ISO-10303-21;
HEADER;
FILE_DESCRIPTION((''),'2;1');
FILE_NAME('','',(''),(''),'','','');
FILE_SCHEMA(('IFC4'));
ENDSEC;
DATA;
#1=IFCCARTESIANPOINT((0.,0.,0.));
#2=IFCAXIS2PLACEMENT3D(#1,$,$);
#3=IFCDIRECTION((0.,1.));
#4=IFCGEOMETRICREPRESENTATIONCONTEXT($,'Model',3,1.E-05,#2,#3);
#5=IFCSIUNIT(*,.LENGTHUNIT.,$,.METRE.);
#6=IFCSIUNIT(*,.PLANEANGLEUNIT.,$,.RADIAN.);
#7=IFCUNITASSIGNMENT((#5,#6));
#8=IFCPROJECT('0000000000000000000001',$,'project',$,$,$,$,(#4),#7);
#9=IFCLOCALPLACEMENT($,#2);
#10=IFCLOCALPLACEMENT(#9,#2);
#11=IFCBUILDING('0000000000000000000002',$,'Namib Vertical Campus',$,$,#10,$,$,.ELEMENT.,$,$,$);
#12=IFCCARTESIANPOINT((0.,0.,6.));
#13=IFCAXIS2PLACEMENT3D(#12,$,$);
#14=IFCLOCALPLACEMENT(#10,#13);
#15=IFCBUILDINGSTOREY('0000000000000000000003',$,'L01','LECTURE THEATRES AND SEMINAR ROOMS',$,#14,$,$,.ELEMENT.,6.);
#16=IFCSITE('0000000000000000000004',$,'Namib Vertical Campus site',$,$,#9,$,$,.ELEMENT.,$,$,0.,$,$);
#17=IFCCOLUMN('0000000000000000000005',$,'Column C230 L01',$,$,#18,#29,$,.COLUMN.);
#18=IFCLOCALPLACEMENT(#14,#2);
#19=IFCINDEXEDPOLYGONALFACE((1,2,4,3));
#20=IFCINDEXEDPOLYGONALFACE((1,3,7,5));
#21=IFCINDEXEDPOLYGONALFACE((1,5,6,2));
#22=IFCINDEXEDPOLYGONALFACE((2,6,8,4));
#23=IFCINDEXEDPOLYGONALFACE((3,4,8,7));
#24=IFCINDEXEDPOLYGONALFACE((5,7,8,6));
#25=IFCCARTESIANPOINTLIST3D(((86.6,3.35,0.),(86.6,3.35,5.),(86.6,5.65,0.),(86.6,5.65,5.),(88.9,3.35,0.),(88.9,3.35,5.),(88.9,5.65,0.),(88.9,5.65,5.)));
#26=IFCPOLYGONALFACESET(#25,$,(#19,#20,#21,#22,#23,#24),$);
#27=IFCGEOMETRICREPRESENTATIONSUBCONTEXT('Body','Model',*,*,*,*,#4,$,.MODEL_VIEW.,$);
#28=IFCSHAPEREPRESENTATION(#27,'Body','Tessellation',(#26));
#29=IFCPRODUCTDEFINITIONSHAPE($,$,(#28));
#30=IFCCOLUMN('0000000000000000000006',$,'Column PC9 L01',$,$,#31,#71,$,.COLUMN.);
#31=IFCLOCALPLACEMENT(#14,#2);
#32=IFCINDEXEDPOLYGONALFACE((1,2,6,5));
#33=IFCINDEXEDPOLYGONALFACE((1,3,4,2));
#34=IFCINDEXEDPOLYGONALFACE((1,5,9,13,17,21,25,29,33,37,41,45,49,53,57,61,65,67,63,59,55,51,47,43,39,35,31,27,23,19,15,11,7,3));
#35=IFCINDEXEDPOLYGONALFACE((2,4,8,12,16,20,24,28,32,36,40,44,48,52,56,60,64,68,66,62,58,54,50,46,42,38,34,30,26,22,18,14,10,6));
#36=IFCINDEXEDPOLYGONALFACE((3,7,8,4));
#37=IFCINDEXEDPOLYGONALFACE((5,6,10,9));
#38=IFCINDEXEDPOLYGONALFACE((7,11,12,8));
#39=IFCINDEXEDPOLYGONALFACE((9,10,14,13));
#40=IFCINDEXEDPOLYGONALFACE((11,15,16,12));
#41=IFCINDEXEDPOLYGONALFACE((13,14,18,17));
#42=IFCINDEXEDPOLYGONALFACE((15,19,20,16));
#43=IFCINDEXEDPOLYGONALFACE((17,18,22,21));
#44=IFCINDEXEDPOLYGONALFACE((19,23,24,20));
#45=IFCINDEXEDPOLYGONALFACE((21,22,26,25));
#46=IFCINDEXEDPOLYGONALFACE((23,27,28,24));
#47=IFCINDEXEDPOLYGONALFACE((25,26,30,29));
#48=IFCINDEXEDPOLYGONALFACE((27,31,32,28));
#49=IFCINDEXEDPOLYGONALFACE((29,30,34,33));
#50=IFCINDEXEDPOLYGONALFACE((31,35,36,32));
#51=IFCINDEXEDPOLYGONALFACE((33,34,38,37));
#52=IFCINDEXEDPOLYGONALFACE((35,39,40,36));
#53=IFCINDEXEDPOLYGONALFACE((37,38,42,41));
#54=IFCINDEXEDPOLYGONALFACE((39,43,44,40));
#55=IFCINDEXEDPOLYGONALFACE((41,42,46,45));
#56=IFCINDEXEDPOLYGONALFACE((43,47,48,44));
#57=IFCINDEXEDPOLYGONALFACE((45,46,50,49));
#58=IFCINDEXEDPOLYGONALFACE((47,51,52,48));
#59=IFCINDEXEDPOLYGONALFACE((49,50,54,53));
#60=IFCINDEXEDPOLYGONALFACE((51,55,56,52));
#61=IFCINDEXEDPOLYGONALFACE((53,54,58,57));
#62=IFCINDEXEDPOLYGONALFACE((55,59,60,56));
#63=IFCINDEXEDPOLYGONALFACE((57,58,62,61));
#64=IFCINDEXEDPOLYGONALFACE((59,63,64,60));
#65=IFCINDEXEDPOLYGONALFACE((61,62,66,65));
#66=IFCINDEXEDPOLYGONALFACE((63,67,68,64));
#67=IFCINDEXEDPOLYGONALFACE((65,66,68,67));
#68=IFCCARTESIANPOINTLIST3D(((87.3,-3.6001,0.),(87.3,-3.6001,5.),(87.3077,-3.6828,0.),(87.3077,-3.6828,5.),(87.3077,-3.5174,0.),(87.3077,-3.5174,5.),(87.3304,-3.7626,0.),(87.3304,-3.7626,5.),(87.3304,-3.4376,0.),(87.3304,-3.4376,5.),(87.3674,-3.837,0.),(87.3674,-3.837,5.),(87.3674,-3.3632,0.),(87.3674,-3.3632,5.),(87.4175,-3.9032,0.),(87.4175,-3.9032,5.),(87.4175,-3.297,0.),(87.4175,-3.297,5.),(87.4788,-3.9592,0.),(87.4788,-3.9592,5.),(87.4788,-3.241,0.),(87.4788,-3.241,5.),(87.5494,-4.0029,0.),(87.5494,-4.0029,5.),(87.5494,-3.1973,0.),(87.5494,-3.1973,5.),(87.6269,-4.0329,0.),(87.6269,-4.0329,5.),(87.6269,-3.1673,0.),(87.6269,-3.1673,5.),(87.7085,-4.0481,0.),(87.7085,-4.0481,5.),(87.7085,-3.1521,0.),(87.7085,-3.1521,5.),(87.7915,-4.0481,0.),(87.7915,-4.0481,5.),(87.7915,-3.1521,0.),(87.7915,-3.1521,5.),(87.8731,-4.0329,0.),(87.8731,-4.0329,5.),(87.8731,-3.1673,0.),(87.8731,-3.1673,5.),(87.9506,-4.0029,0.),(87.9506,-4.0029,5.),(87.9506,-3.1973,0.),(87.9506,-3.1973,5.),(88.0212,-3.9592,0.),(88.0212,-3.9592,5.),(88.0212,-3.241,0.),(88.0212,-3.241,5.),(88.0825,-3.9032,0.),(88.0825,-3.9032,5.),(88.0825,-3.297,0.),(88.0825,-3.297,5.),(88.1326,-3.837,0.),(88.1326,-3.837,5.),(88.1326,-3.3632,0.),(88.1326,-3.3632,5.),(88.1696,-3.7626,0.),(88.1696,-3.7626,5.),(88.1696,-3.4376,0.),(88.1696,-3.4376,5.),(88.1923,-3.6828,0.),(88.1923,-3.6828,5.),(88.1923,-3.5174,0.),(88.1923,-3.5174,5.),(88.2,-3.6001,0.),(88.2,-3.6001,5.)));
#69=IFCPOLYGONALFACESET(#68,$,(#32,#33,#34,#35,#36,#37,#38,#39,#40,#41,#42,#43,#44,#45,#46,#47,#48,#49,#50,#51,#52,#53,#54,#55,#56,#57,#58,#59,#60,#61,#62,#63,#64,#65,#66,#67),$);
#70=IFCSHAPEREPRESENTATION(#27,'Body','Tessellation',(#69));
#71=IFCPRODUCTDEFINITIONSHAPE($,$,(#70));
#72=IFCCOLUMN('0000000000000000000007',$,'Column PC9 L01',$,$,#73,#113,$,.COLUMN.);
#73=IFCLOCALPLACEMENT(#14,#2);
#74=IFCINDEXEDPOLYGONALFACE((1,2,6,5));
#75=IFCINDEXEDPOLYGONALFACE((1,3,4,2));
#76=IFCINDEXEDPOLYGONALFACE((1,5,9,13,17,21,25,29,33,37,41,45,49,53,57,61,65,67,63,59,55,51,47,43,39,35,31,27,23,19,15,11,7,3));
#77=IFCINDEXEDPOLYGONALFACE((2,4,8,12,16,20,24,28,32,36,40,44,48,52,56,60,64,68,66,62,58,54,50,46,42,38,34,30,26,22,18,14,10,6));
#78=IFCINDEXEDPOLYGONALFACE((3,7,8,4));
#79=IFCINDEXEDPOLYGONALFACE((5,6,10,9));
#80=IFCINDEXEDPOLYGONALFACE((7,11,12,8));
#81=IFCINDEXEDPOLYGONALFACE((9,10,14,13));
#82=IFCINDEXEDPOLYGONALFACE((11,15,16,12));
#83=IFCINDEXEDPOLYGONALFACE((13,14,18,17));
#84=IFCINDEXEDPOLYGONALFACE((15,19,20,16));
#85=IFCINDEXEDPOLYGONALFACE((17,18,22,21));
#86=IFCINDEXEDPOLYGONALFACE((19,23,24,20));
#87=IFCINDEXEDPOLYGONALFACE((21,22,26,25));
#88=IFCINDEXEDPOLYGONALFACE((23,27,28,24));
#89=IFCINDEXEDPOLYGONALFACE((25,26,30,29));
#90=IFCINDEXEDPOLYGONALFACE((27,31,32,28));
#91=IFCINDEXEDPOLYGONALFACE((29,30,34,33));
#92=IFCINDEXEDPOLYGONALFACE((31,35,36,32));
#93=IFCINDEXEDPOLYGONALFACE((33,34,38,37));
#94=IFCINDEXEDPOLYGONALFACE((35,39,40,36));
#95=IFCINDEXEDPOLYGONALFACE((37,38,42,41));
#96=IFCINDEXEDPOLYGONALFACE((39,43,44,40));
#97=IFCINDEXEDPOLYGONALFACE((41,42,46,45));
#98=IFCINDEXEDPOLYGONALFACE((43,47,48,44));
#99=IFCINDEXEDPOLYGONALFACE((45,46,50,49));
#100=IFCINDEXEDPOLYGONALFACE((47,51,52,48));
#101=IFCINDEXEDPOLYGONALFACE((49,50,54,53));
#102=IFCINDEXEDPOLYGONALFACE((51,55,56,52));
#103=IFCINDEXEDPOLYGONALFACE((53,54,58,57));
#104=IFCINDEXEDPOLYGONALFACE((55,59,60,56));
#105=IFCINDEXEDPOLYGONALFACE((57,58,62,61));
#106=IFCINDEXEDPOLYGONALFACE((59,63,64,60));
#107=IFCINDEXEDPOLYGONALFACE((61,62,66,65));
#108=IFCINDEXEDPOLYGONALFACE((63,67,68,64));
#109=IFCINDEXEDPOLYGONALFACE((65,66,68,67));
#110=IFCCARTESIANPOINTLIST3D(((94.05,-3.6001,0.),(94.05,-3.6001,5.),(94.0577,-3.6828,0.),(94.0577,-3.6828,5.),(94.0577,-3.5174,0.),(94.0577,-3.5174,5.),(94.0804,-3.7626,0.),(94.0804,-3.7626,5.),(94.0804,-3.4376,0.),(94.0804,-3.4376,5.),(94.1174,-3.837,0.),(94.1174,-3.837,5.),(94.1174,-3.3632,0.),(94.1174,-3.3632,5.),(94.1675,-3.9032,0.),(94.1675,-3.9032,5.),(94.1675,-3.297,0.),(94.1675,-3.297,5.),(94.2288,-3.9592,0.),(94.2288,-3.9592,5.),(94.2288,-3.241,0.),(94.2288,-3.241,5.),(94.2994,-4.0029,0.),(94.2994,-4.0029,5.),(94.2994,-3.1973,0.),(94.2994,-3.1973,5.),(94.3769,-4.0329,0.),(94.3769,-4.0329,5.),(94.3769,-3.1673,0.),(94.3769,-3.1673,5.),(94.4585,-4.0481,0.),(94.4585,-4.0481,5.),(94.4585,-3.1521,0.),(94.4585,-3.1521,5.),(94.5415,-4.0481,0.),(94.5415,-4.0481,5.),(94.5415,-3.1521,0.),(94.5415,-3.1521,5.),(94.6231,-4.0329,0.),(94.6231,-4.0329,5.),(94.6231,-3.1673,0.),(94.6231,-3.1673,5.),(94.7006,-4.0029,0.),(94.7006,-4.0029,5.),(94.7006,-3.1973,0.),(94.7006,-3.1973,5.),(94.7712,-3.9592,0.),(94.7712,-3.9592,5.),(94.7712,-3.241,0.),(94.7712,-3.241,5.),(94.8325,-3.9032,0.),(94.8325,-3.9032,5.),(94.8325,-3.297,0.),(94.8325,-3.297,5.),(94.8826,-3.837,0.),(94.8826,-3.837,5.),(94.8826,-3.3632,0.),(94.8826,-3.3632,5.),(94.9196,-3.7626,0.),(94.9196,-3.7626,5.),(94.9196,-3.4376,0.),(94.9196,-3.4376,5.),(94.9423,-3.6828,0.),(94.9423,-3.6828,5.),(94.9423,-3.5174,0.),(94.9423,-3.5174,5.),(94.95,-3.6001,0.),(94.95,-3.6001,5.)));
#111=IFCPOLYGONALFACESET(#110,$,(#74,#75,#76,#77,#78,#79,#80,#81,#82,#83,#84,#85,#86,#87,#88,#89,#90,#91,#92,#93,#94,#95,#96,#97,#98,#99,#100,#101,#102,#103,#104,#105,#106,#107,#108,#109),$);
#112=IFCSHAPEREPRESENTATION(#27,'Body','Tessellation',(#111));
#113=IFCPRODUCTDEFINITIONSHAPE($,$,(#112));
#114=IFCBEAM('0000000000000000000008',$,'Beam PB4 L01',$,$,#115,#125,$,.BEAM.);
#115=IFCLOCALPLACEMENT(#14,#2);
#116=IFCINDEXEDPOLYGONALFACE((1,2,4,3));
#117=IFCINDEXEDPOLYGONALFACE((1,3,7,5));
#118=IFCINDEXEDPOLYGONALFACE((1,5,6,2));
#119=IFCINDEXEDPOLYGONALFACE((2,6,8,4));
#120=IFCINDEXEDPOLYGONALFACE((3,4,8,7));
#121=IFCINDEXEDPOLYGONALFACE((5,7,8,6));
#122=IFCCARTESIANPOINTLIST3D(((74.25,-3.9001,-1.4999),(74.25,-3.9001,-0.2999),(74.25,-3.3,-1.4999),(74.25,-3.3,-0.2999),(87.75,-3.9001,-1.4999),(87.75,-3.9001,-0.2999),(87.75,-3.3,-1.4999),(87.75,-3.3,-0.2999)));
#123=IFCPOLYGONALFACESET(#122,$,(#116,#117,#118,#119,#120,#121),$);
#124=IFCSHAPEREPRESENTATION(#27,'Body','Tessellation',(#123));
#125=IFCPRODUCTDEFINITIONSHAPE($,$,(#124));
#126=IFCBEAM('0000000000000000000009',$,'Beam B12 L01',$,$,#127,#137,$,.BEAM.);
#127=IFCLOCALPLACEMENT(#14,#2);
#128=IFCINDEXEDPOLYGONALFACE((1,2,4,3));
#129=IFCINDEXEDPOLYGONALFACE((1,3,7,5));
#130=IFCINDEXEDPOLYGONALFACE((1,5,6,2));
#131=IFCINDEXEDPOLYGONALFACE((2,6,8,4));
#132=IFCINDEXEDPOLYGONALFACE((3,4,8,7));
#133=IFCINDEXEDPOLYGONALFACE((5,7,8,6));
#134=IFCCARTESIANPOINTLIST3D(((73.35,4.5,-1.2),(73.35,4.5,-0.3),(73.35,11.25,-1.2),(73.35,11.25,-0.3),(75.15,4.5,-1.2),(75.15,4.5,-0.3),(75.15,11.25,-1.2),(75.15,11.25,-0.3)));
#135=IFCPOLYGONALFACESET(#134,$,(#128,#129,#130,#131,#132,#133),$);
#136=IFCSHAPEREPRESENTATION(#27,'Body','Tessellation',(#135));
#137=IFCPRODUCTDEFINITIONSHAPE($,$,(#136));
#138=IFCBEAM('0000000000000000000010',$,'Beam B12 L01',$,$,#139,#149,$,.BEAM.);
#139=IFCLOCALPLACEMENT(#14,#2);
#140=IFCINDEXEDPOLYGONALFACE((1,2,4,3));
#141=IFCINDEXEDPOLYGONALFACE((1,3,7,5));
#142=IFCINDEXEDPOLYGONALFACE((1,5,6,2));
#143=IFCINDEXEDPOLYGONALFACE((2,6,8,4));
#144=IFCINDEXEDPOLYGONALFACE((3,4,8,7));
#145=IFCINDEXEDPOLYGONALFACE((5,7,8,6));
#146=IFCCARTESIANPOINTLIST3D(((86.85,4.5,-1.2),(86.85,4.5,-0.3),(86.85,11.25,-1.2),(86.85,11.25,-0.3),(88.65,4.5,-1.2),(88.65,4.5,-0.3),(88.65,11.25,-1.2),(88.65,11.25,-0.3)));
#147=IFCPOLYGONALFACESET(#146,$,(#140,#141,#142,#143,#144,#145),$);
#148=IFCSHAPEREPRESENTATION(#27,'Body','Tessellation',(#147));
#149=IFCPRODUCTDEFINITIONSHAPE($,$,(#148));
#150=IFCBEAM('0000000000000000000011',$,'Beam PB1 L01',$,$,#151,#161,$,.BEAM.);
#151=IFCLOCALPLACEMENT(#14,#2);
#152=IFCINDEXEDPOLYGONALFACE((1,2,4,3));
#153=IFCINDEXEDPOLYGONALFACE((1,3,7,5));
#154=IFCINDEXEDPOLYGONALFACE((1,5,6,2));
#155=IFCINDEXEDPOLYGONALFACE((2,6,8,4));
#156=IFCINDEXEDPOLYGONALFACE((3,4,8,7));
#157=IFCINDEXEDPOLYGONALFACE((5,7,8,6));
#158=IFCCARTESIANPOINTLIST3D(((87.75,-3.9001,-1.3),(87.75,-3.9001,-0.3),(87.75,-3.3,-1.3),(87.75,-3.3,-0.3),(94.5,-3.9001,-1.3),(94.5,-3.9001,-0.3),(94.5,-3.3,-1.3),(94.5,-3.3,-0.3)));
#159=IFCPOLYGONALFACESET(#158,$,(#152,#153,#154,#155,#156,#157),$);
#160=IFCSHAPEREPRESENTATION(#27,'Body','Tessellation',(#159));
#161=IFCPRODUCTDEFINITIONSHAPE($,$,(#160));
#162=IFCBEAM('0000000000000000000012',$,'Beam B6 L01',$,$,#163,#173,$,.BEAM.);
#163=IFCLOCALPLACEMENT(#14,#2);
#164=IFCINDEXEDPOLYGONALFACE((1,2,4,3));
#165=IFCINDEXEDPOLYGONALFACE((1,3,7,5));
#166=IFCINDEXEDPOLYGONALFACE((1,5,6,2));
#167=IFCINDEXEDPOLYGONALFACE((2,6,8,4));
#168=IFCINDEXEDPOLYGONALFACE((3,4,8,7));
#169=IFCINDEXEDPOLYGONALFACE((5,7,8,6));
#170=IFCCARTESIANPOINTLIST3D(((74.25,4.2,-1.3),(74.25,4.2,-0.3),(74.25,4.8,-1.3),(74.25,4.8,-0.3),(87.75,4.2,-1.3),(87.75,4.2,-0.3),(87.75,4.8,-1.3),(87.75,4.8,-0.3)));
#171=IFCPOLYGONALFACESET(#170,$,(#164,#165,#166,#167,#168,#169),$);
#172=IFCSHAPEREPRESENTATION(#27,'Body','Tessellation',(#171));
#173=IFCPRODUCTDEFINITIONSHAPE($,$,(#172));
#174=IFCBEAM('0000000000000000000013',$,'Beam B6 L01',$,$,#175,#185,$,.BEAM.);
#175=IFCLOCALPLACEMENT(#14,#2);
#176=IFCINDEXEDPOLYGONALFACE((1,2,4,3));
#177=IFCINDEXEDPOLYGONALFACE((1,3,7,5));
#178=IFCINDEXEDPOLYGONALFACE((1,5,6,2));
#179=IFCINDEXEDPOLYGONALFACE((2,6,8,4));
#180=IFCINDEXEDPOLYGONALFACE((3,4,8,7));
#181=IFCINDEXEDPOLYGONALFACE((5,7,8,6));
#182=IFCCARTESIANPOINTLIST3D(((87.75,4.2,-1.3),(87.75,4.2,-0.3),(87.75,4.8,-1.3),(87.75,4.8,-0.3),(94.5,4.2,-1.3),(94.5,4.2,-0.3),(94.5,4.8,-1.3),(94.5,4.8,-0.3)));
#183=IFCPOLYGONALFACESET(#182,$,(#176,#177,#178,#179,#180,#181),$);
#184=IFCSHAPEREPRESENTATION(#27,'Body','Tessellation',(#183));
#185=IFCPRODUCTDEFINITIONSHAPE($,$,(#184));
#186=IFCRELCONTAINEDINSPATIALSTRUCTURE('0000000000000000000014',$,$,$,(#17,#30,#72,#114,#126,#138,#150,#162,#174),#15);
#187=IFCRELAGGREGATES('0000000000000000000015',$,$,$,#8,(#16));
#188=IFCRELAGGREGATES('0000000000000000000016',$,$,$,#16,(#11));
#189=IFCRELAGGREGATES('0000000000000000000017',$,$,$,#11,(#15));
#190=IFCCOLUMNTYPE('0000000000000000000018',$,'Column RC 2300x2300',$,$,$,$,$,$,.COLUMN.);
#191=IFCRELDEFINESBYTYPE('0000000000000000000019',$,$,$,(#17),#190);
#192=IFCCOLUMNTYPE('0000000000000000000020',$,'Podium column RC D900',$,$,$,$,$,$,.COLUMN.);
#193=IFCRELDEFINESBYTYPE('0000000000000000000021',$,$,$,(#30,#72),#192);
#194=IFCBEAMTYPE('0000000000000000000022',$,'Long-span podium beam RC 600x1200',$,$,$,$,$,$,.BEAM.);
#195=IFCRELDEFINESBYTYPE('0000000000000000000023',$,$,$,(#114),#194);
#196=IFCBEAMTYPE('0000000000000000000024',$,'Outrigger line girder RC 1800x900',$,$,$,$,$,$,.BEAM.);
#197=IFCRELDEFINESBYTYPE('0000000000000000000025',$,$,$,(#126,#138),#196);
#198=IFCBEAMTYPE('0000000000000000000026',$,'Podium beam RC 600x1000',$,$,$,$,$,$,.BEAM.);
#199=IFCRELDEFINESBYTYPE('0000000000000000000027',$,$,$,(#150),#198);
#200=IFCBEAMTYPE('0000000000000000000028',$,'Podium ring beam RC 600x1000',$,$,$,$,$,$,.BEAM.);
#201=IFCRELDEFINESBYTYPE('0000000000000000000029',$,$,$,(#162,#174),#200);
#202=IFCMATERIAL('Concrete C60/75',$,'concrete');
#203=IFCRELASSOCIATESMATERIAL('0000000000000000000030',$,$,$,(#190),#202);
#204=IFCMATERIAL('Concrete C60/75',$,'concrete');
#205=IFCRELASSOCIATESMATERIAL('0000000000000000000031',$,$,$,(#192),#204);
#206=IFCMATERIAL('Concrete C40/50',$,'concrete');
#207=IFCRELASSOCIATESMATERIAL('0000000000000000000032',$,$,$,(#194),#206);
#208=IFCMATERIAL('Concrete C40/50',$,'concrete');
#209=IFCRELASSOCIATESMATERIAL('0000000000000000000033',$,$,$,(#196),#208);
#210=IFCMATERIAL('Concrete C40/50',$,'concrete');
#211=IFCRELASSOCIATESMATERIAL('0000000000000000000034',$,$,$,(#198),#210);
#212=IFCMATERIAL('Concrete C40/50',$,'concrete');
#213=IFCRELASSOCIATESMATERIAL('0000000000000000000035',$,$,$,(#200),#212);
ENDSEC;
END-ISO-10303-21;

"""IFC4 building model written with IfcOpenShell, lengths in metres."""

from ifc_helpers import new_model, si_unit, direction, frame, origin, origin_2d, place, context, subcontext, project, spatial, rectangle, circle, extrude, material, material_profile, profile_set, type_object, element, save


model = new_model("IFC4")

# Units and contexts
model_context = context("Model", 3, precision=1e-05, world=origin(), true_north=direction((0.0, 1.0)))
body_context = subcontext(model_context, "Body", "Model", "MODEL_VIEW")
ifc_project = project(units=[si_unit("LENGTHUNIT", "METRE"), si_unit("PLANEANGLEUNIT", "RADIAN")], contexts=[model_context])

# Site, building, storey
site_placement = place(None, origin())
site = spatial("IfcSite", under=ifc_project, at=site_placement, Name="Namib Vertical Campus site", CompositionType="ELEMENT", RefElevation=0.0)
building_placement = place(site_placement, origin())
building = spatial("IfcBuilding", under=site, at=building_placement, Name="Namib Vertical Campus", CompositionType="ELEMENT")
storey_placement = place(building_placement, frame((0.0, 0.0, 6.0)))
storey = spatial("IfcBuildingStorey", under=building, at=storey_placement, Name="L01", Description="LECTURE THEATRES AND SEMINAR ROOMS", CompositionType="ELEMENT", Elevation=6.0)

# Columns
ifc_material_1 = material(Name="Concrete C60/75", Category="concrete")
ifc_material_profile_1 = material_profile(ifc_material_1, rectangle(XDim=2.3, YDim=2.3, at=origin_2d()))
ifc_profile_set_1 = profile_set([ifc_material_profile_1], Name="Concrete C60/75")
column_type_1 = type_object("IfcColumnType", Name="Column RC 2300x2300", PredefinedType="COLUMN", material=ifc_profile_set_1)
column_placement = place(storey_placement, frame((87.75, 4.5, 0.0), z_axis=(0.0, 0.0, 1.0), x_axis=(1.0, 0.0, 0.0)))
element("IfcColumn", 1, at=column_placement, inside=storey, type_object=column_type_1, Name="Column C230 L01", PredefinedType="COLUMN", context=body_context, shape_type="SweptSolid", body=[
    extrude(rectangle(XDim=2.3, YDim=2.3, at=origin_2d()), origin(), (0.0, 0.0, 1.0), 5.0),
])
ifc_material_2 = material(Name="Concrete C60/75", Category="concrete")
ifc_material_profile_2 = material_profile(ifc_material_2, circle(Radius=0.45, at=origin_2d()))
ifc_profile_set_2 = profile_set([ifc_material_profile_2], Name="Concrete C60/75")
column_type_2 = type_object("IfcColumnType", Name="Podium column RC D900", PredefinedType="COLUMN", material=ifc_profile_set_2)
for number, where, z_axis, x_axis, name in (
    (2, (87.75, -3.6001, 0.0), (0.0, 0.0, 1.0), (1.0, 0.0, 0.0), "Column PC9 L01"),
    (3, (94.5, -3.6001, 0.0), (0.0, 0.0, 1.0), (1.0, 0.0, 0.0), "Column PC9 L01"),
):
    element("IfcColumn", number, at=place(storey_placement, frame(where, z_axis=z_axis, x_axis=x_axis)), inside=storey, type_object=column_type_2, Name=name, PredefinedType="COLUMN", context=body_context, shape_type="SweptSolid", body=[
        extrude(circle(Radius=0.45, at=origin_2d()), origin(), (0.0, 0.0, 1.0), 5.0),
    ])

# Beams
ifc_material_3 = material(Name="Concrete C40/50", Category="concrete")
ifc_material_profile_3 = material_profile(ifc_material_3, rectangle(XDim=0.6001, YDim=1.2, at=origin_2d()))
ifc_profile_set_3 = profile_set([ifc_material_profile_3], Name="Concrete C40/50")
beam_type_1 = type_object("IfcBeamType", Name="Long-span podium beam RC 600x1200", PredefinedType="BEAM", material=ifc_profile_set_3)
beam_1_placement = place(storey_placement, frame((74.25, -3.6001, -0.8999), z_axis=(1.0, 0.0, 0.0), x_axis=(0.0, 1.0, 0.0)))
element("IfcBeam", 4, at=beam_1_placement, inside=storey, type_object=beam_type_1, Name="Beam PB4 L01", PredefinedType="BEAM", context=body_context, shape_type="SweptSolid", body=[
    extrude(rectangle(XDim=0.6001, YDim=1.2, at=origin_2d()), origin(), (0.0, 0.0, 1.0), 13.5),
])
ifc_material_4 = material(Name="Concrete C40/50", Category="concrete")
ifc_material_profile_4 = material_profile(ifc_material_4, rectangle(XDim=1.8, YDim=0.8999, at=origin_2d()))
ifc_profile_set_4 = profile_set([ifc_material_profile_4], Name="Concrete C40/50")
beam_type_2 = type_object("IfcBeamType", Name="Outrigger line girder RC 1800x900", PredefinedType="BEAM", material=ifc_profile_set_4)
for number, where, z_axis, x_axis, name in (
    (5, (74.25, 4.5, -0.75), (0.0, 1.0, 0.0), (-1.0, 0.0, 0.0), "Beam B12 L01"),
    (6, (87.75, 4.5, -0.75), (0.0, 1.0, 0.0), (-1.0, 0.0, 0.0), "Beam B12 L01"),
):
    element("IfcBeam", number, at=place(storey_placement, frame(where, z_axis=z_axis, x_axis=x_axis)), inside=storey, type_object=beam_type_2, Name=name, PredefinedType="BEAM", context=body_context, shape_type="SweptSolid", body=[
        extrude(rectangle(XDim=1.8, YDim=0.8999, at=origin_2d()), origin(), (0.0, 0.0, 1.0), 6.75),
    ])
ifc_material_5 = material(Name="Concrete C40/50", Category="concrete")
ifc_material_profile_5 = material_profile(ifc_material_5, rectangle(XDim=0.6001, YDim=1.0, at=origin_2d()))
ifc_profile_set_5 = profile_set([ifc_material_profile_5], Name="Concrete C40/50")
beam_type_3 = type_object("IfcBeamType", Name="Podium beam RC 600x1000", PredefinedType="BEAM", material=ifc_profile_set_5)
beam_2_placement = place(storey_placement, frame((87.75, -3.6001, -0.8), z_axis=(1.0, 0.0, 0.0), x_axis=(0.0, 1.0, 0.0)))
element("IfcBeam", 7, at=beam_2_placement, inside=storey, type_object=beam_type_3, Name="Beam PB1 L01", PredefinedType="BEAM", context=body_context, shape_type="SweptSolid", body=[
    extrude(rectangle(XDim=0.6001, YDim=1.0, at=origin_2d()), origin(), (0.0, 0.0, 1.0), 6.75),
])
ifc_material_6 = material(Name="Concrete C40/50", Category="concrete")
ifc_material_profile_6 = material_profile(ifc_material_6, rectangle(XDim=0.6001, YDim=1.0, at=origin_2d()))
ifc_profile_set_6 = profile_set([ifc_material_profile_6], Name="Concrete C40/50")
beam_type_4 = type_object("IfcBeamType", Name="Podium ring beam RC 600x1000", PredefinedType="BEAM", material=ifc_profile_set_6)
beam_3_placement = place(storey_placement, frame((74.25, 4.5, -0.8), z_axis=(1.0, 0.0, 0.0), x_axis=(0.0, 1.0, 0.0)))
element("IfcBeam", 8, at=beam_3_placement, inside=storey, type_object=beam_type_4, Name="Beam B6 L01", PredefinedType="BEAM", context=body_context, shape_type="SweptSolid", body=[
    extrude(rectangle(XDim=0.6001, YDim=1.0, at=origin_2d()), origin(), (0.0, 0.0, 1.0), 13.5),
])
beam_4_placement = place(storey_placement, frame((87.75, 4.5, -0.8), z_axis=(1.0, 0.0, 0.0), x_axis=(0.0, 1.0, 0.0)))
element("IfcBeam", 9, at=beam_4_placement, inside=storey, type_object=beam_type_4, Name="Beam B6 L01", PredefinedType="BEAM", context=body_context, shape_type="SweptSolid", body=[
    extrude(rectangle(XDim=0.6001, YDim=1.0, at=origin_2d()), origin(), (0.0, 0.0, 1.0), 6.75),
])

save(model, "model.ifc")
